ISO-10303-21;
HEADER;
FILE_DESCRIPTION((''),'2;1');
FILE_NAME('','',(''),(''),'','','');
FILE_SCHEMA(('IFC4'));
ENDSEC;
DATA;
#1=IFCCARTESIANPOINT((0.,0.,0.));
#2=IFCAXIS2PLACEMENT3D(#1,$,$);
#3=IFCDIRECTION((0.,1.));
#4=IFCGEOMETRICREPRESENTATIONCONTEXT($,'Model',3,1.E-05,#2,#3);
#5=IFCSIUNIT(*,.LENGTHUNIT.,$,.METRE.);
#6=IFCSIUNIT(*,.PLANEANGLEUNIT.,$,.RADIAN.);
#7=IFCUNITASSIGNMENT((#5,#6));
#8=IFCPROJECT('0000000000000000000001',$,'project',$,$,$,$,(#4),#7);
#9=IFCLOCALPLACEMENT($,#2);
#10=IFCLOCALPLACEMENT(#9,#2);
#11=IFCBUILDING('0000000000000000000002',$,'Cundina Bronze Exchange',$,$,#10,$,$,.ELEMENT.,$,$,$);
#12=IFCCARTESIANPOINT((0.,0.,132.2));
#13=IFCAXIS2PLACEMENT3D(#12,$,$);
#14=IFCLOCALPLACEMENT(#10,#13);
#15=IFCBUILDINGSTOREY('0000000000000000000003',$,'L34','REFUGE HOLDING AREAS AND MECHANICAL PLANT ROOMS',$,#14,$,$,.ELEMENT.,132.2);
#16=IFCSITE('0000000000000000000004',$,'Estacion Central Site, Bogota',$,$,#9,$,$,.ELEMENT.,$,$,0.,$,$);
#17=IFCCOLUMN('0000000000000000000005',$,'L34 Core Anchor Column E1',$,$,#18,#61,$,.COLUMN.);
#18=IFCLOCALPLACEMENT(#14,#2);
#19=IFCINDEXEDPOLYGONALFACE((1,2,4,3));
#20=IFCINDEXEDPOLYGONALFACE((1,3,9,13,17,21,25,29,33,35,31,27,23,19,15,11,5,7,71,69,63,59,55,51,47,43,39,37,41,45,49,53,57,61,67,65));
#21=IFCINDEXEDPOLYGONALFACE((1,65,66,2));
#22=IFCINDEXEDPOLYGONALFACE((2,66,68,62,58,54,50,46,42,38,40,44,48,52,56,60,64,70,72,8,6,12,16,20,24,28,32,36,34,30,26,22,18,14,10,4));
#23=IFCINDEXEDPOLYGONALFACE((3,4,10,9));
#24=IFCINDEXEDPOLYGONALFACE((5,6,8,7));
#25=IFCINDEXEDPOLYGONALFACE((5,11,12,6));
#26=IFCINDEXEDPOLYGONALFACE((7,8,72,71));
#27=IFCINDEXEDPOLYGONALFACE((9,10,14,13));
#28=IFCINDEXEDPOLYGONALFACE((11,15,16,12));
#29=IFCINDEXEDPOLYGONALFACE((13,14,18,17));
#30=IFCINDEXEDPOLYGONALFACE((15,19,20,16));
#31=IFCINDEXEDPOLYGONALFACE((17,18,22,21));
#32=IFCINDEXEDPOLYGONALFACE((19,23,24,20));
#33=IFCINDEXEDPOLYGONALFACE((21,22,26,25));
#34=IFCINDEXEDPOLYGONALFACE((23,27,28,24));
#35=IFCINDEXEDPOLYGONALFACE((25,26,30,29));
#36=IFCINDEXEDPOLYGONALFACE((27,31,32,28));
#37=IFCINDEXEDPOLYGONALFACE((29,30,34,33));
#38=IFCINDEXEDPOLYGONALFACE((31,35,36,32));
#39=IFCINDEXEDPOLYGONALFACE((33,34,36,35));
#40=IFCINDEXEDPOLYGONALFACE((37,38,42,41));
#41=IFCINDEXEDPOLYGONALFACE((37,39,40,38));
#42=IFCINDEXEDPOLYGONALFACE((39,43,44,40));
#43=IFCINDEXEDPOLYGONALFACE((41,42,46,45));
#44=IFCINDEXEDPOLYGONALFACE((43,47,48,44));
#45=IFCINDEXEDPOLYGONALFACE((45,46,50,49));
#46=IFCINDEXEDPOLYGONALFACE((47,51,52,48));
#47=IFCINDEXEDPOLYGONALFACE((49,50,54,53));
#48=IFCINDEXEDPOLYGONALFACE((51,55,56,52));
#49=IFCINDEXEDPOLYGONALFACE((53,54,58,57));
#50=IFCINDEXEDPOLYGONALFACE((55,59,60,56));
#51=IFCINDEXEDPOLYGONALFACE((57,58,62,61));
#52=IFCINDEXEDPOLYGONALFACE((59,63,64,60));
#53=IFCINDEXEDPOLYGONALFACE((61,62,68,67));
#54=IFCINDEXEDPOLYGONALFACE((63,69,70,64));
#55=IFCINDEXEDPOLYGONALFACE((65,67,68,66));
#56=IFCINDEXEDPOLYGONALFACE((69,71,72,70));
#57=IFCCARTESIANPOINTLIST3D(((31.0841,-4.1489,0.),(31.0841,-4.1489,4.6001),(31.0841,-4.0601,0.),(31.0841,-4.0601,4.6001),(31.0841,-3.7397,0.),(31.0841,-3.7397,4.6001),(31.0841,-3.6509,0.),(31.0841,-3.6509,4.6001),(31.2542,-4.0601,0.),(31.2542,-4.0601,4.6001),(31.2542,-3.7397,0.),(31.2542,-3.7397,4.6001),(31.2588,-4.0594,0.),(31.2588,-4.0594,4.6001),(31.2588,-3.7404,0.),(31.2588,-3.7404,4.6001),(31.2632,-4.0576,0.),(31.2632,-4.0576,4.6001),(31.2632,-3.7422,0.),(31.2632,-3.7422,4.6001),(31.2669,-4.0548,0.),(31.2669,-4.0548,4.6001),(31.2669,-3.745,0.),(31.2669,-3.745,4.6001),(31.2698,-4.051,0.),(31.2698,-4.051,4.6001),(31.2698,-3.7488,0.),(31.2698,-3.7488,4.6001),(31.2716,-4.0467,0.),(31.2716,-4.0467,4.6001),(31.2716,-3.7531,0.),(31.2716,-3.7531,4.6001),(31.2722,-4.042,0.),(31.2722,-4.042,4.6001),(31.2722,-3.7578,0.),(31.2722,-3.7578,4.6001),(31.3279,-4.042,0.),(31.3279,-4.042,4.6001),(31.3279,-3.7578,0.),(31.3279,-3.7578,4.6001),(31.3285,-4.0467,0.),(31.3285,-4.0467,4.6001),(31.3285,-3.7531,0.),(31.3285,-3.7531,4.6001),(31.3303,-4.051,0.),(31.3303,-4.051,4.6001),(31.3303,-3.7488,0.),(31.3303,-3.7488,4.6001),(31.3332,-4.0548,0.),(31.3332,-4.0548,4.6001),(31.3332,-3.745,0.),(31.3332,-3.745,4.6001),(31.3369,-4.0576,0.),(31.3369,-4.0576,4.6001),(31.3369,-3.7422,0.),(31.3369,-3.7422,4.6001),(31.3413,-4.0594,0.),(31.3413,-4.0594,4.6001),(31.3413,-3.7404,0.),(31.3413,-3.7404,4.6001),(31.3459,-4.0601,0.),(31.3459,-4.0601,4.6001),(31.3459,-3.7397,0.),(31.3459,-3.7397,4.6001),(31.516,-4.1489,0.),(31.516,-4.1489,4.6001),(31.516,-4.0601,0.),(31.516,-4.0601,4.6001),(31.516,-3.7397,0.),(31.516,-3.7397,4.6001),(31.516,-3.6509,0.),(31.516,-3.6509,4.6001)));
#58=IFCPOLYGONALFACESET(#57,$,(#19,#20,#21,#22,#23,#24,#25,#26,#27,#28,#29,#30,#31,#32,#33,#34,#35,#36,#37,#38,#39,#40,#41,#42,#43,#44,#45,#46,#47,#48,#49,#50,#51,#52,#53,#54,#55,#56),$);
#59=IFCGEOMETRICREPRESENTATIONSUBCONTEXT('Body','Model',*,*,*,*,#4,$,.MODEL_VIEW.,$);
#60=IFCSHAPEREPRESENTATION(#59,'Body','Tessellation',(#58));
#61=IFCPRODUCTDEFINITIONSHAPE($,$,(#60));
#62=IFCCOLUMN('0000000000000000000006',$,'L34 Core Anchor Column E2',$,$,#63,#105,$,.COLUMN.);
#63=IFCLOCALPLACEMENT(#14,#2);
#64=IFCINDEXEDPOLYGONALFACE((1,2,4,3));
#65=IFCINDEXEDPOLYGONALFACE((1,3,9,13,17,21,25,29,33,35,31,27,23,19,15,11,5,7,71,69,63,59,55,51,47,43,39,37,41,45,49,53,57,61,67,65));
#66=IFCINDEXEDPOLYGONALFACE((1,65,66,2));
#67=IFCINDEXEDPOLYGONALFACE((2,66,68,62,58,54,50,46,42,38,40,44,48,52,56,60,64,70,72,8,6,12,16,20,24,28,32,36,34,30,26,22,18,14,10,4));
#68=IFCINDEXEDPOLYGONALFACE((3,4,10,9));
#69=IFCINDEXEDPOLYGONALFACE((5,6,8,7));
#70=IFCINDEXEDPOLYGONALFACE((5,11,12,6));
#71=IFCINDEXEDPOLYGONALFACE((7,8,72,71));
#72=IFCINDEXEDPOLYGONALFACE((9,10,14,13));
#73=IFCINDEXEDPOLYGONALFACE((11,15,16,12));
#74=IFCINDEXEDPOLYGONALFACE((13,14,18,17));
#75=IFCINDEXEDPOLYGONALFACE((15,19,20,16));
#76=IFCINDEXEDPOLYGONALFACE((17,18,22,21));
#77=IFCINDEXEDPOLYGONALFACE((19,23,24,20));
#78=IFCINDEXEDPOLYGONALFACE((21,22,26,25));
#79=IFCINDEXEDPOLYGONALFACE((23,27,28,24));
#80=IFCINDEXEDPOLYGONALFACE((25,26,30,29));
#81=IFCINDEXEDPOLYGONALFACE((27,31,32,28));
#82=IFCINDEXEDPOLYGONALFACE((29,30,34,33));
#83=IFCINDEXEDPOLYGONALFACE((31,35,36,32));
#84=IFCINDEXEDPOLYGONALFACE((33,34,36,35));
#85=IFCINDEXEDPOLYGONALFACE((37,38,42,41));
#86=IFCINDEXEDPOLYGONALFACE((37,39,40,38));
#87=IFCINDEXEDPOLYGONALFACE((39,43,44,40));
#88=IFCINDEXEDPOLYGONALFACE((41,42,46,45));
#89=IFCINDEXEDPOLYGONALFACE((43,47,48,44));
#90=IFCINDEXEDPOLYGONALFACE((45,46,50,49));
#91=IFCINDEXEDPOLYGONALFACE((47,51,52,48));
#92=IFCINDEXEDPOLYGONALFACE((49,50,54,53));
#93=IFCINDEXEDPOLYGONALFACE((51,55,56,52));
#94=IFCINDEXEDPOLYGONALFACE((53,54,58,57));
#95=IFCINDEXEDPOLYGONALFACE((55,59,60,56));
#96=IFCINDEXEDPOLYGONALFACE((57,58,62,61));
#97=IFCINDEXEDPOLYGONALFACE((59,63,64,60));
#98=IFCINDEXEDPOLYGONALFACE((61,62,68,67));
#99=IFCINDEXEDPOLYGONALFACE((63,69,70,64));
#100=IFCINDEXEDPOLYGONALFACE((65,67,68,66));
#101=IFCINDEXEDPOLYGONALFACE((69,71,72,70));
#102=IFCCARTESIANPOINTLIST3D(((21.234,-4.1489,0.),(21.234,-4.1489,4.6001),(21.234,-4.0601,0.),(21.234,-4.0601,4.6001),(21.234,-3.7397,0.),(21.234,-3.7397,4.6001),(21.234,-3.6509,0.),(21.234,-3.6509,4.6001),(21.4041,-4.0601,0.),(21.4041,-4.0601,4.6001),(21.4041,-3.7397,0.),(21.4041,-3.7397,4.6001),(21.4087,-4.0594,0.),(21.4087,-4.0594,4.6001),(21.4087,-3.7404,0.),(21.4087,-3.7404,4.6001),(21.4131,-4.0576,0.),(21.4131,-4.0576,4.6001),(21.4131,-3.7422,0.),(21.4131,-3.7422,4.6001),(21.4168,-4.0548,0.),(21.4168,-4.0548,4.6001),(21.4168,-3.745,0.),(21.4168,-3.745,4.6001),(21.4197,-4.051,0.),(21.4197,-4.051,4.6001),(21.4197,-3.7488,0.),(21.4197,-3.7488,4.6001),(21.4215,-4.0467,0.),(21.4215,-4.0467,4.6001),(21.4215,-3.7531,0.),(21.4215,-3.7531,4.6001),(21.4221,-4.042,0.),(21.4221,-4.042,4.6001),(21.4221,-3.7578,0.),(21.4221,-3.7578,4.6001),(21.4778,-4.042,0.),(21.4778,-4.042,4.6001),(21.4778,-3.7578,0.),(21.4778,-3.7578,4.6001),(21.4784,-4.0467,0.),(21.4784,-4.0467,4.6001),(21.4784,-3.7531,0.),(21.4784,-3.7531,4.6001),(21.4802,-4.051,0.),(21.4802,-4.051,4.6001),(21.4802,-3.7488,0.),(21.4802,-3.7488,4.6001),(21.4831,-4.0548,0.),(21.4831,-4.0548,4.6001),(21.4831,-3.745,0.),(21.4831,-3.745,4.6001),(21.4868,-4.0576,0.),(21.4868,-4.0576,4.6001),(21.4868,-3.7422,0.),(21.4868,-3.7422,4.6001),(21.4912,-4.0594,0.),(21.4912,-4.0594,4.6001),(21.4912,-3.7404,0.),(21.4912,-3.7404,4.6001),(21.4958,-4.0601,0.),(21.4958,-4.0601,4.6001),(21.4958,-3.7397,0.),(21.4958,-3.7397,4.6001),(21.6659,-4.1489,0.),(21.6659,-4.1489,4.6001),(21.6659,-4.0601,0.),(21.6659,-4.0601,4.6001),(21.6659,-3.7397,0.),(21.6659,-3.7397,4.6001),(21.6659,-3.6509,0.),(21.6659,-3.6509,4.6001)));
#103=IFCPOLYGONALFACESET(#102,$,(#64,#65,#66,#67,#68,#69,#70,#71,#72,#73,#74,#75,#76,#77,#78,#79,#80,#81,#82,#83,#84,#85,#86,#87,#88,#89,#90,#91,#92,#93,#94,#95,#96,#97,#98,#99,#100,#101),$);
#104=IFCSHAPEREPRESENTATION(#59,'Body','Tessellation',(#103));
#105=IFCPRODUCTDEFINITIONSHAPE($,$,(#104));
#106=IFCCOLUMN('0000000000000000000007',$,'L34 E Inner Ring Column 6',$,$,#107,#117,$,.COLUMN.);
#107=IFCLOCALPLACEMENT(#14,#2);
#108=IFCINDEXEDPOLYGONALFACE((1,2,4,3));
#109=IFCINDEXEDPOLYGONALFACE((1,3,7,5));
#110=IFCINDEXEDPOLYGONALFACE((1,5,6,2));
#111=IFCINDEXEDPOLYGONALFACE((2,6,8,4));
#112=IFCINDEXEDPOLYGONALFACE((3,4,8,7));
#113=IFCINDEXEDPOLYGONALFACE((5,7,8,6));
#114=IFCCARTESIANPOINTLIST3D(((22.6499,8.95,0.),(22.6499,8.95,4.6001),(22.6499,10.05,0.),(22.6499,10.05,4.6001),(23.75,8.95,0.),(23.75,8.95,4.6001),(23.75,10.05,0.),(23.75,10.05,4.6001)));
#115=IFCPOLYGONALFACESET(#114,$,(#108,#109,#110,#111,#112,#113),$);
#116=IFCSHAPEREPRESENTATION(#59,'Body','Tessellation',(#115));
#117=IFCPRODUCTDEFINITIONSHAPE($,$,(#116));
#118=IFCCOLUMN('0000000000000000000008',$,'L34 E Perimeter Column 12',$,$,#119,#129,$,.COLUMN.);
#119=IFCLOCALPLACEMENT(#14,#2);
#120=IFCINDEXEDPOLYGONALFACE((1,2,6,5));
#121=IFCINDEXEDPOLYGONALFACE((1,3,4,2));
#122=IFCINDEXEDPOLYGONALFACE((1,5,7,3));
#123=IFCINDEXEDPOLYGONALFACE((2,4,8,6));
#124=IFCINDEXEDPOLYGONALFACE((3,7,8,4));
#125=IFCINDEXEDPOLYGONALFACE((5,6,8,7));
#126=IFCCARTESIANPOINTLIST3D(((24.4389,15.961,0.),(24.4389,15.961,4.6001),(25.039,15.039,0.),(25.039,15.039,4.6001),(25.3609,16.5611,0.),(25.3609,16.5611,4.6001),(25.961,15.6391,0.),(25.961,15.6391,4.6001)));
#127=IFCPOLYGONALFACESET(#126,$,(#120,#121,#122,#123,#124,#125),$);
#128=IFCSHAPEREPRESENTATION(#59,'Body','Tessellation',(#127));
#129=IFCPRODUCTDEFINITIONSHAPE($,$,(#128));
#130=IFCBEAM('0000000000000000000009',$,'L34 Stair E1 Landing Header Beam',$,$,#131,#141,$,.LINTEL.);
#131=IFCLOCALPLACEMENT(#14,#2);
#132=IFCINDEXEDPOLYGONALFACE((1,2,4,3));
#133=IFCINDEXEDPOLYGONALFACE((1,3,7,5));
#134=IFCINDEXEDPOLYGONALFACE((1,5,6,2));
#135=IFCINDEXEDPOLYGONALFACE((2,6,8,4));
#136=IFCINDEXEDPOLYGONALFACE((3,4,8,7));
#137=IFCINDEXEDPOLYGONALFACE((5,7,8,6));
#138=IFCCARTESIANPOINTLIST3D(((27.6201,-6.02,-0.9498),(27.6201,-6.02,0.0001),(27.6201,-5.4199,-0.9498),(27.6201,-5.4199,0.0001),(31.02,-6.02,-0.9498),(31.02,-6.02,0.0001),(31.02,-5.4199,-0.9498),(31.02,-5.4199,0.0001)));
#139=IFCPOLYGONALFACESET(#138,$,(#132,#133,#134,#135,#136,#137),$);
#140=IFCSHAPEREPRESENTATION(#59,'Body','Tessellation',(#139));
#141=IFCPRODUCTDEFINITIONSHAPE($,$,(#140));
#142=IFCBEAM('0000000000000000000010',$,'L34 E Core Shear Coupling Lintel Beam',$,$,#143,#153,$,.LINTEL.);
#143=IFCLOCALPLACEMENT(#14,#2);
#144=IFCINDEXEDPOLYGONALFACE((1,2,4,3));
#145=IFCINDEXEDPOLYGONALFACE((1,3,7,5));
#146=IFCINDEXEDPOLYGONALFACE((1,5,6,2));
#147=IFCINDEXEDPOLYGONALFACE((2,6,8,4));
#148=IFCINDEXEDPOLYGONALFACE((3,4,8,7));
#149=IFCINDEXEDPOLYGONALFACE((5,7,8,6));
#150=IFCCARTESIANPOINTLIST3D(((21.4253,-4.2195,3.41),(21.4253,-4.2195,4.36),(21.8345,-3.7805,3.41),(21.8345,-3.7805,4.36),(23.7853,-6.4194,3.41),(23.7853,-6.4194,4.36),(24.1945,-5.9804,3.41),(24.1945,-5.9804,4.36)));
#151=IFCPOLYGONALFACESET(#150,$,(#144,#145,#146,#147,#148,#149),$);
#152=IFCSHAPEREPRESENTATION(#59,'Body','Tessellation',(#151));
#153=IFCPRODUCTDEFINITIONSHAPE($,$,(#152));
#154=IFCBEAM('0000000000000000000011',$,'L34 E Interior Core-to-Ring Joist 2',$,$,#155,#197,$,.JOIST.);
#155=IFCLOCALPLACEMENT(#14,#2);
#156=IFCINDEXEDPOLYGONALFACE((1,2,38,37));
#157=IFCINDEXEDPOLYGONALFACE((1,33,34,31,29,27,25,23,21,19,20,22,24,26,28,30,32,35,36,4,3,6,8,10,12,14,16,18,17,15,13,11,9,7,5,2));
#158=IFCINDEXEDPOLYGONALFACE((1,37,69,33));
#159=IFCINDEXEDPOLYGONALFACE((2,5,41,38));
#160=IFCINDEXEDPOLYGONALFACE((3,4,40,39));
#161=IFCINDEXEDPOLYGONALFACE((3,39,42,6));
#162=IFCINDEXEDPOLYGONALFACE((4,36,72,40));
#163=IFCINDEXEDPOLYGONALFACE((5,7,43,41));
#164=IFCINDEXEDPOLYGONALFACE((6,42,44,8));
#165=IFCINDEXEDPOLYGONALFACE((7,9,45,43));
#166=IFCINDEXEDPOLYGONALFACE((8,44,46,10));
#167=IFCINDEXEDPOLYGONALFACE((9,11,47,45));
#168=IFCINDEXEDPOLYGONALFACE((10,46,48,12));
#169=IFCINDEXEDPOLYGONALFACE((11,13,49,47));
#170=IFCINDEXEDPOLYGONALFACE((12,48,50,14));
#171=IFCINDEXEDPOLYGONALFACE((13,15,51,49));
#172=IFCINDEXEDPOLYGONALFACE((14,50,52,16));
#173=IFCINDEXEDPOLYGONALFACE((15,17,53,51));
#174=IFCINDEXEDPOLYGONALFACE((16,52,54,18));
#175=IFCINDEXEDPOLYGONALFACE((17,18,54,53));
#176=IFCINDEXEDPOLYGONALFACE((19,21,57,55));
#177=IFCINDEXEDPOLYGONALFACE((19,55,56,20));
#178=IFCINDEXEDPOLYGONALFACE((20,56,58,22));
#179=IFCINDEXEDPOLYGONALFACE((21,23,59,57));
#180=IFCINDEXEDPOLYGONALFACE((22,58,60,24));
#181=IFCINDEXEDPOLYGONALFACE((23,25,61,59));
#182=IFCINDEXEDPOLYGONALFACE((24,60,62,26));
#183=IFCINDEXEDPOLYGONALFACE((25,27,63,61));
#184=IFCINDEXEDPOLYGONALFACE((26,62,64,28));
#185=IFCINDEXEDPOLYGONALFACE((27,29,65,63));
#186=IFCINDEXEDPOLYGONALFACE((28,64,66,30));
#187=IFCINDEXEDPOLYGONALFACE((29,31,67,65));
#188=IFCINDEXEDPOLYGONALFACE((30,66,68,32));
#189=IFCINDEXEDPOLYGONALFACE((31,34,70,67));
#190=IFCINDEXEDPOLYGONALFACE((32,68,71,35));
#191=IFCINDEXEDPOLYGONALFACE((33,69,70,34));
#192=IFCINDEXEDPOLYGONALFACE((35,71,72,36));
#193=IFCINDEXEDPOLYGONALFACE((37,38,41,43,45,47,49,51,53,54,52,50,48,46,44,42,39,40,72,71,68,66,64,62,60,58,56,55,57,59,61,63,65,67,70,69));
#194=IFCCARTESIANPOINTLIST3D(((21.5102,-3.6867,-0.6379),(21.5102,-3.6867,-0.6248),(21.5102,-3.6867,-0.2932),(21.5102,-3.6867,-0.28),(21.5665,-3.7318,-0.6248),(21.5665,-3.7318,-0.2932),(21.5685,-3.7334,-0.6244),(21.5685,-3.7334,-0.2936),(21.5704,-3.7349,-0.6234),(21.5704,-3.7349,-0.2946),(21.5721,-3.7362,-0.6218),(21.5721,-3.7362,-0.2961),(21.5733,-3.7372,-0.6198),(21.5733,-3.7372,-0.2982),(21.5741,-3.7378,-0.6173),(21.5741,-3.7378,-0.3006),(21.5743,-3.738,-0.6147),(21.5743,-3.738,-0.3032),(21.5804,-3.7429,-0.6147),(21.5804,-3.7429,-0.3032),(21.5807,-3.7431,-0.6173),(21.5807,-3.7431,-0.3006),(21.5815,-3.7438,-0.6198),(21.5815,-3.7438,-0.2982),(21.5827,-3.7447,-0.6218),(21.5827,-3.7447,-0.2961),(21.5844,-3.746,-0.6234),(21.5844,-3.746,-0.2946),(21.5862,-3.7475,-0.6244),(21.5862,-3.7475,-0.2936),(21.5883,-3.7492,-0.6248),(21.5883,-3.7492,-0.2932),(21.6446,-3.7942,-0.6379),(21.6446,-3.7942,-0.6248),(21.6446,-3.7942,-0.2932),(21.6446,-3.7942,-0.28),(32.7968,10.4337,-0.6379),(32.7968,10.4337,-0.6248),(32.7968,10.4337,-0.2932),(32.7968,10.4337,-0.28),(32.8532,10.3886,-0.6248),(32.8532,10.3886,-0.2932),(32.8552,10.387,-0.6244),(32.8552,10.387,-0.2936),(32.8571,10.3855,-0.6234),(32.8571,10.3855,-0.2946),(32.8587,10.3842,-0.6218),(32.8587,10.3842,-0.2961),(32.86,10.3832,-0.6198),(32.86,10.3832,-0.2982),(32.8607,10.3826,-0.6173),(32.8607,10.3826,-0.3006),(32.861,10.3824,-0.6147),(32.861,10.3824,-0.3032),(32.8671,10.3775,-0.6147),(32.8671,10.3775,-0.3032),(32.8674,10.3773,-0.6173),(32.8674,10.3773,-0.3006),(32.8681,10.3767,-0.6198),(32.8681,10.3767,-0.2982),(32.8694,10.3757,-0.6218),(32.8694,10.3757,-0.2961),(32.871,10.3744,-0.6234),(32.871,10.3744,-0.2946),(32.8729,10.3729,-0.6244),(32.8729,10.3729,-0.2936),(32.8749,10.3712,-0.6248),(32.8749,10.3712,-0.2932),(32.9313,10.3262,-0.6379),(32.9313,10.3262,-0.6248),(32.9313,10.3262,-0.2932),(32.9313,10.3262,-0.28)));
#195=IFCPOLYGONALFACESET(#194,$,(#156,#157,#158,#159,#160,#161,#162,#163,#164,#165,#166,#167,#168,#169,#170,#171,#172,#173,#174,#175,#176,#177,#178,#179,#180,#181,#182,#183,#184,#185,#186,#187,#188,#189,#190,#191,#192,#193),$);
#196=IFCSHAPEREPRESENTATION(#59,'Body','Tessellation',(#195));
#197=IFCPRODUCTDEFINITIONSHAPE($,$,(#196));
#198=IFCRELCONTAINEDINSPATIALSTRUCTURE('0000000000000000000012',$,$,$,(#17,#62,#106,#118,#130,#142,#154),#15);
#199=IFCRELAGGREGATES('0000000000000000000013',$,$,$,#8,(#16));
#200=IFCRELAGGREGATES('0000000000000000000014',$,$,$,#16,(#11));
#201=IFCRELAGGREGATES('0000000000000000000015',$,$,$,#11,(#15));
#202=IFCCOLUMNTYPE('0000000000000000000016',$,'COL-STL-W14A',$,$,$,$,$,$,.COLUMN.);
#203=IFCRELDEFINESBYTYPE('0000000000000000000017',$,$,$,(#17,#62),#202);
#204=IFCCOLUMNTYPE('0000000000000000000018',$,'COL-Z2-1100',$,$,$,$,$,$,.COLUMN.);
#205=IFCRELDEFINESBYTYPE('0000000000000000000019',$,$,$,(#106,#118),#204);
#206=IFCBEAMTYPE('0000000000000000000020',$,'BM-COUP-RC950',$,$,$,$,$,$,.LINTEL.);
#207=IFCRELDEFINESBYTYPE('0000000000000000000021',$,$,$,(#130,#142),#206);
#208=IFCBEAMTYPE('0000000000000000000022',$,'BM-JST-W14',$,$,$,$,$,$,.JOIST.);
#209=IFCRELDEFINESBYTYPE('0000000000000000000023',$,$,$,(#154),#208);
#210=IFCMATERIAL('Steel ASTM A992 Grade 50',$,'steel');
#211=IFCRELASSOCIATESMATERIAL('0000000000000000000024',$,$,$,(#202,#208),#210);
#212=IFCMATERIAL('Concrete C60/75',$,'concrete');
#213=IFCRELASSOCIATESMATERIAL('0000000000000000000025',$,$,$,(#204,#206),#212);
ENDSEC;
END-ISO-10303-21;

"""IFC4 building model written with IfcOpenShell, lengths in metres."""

from ifc_helpers import new_model, si_unit, direction, frame, origin, origin_2d, place, context, subcontext, project, spatial, rectangle, i_section, extrude, material, material_profile, profile_set, type_object, element, save


model = new_model("IFC4")

# Units and contexts
model_context = context("Model", 3, precision=1e-05, world=origin(), true_north=direction((0.0, 1.0)))
body_context = subcontext(model_context, "Body", "Model", "MODEL_VIEW")
ifc_project = project(units=[si_unit("LENGTHUNIT", "METRE"), si_unit("PLANEANGLEUNIT", "RADIAN")], contexts=[model_context])

# Site, building, storey
site_placement = place(None, origin())
site = spatial("IfcSite", under=ifc_project, at=site_placement, Name="Estacion Central Site, Bogota", CompositionType="ELEMENT", RefElevation=0.0)
building_placement = place(site_placement, origin())
building = spatial("IfcBuilding", under=site, at=building_placement, Name="Cundina Bronze Exchange", CompositionType="ELEMENT")
storey_placement = place(building_placement, frame((0.0, 0.0, 132.2)))
storey = spatial("IfcBuildingStorey", under=building, at=storey_placement, Name="L34", Description="REFUGE HOLDING AREAS AND MECHANICAL PLANT ROOMS", CompositionType="ELEMENT", Elevation=132.2)

# Columns
ifc_material_1 = material(Name="Steel ASTM A992 Grade 50", Category="steel")
ifc_material_profile_1 = material_profile(ifc_material_1, i_section(OverallWidth=0.4319, OverallDepth=0.498, WebThickness=0.0557, FlangeThickness=0.0889, FilletRadius=0.0181, at=origin_2d()), Name="W14X500", Category="steel")
ifc_profile_set_1 = profile_set([ifc_material_profile_1], Name="Steel ASTM A992 Grade 50")
column_type_1 = type_object("IfcColumnType", Name="COL-STL-W14A", PredefinedType="COLUMN", material=ifc_profile_set_1)
for number, where, z_axis, x_axis, name in (
    (1, (31.3, -3.8999, 0.0), (0.0, 0.0, 1.0), (1.0, 0.0, 0.0), "L34 Core Anchor Column E1"),
    (2, (21.45, -3.8999, 0.0), (0.0, 0.0, 1.0), (1.0, 0.0, 0.0), "L34 Core Anchor Column E2"),
):
    element("IfcColumn", number, at=place(storey_placement, frame(where, z_axis=z_axis, x_axis=x_axis)), inside=storey, type_object=column_type_1, Name=name, PredefinedType="COLUMN", context=body_context, shape_type="SweptSolid", body=[
        extrude(i_section(OverallWidth=0.4319, OverallDepth=0.498, WebThickness=0.0557, FlangeThickness=0.0889, FilletRadius=0.0181, at=origin_2d()), origin(), (0.0, 0.0, 1.0), 4.6001),
    ])
ifc_material_2 = material(Name="Concrete C60/75", Category="concrete")
ifc_material_profile_2 = material_profile(ifc_material_2, rectangle(XDim=1.1001, YDim=1.1001, at=origin_2d()), Name="RC1100X1100", Category="concrete")
ifc_profile_set_2 = profile_set([ifc_material_profile_2], Name="Concrete C60/75")
column_type_2 = type_object("IfcColumnType", Name="COL-Z2-1100", PredefinedType="COLUMN", material=ifc_profile_set_2)
for number, where, z_axis, x_axis, name in (
    (3, (23.2, 9.5, 0.0), (0.0, 0.0, 1.0), (1.0, 0.0, 0.0), "L34 E Inner Ring Column 6"),
    (4, (25.2, 15.8, 0.0), (0.0, 0.0, 1.0), (-0.8381, -0.545517, 0.0), "L34 E Perimeter Column 12"),
):
    element("IfcColumn", number, at=place(storey_placement, frame(where, z_axis=z_axis, x_axis=x_axis)), inside=storey, type_object=column_type_2, Name=name, PredefinedType="COLUMN", context=body_context, shape_type="SweptSolid", body=[
        extrude(rectangle(XDim=1.1001, YDim=1.1001, at=origin_2d()), origin(), (0.0, 0.0, 1.0), 4.6001),
    ])

# Beams
ifc_material_profile_3 = material_profile(ifc_material_2, rectangle(XDim=0.6001, YDim=0.95, at=origin_2d()), Name="RC600X950", Category="concrete")
ifc_profile_set_3 = profile_set([ifc_material_profile_3], Name="Concrete C60/75")
beam_type_1 = type_object("IfcBeamType", Name="BM-COUP-RC950", PredefinedType="LINTEL", material=ifc_profile_set_3)
beam_1_placement = place(storey_placement, frame((27.6201, -5.72, -0.4749), z_axis=(1.0, 0.0, 0.0), x_axis=(0.0, 1.0, 0.0)))
element("IfcBeam", 5, at=beam_1_placement, inside=storey, type_object=beam_type_1, Name="L34 Stair E1 Landing Header Beam", PredefinedType="LINTEL", context=body_context, shape_type="SweptSolid", body=[
    extrude(rectangle(XDim=0.6001, YDim=0.95, at=origin_2d()), origin(), (0.0, 0.0, 1.0), 3.3999),
])
beam_2_placement = place(storey_placement, frame((21.6299, -4.0, 3.885), z_axis=(0.73149, -0.681852, 0.0), x_axis=(0.681852, 0.73149, 0.0)))
element("IfcBeam", 6, at=beam_2_placement, inside=storey, type_object=beam_type_1, Name="L34 E Core Shear Coupling Lintel Beam", PredefinedType="LINTEL", context=body_context, shape_type="SweptSolid", body=[
    extrude(rectangle(XDim=0.6001, YDim=0.95, at=origin_2d()), origin(), (0.0, 0.0, 1.0), 3.2263),
])
ifc_material_profile_4 = material_profile(ifc_material_1, i_section(OverallWidth=0.1721, OverallDepth=0.3579, WebThickness=0.0078, FlangeThickness=0.0132, FilletRadius=0.01, at=origin_2d()), Name="W14X38", Category="steel")
ifc_profile_set_4 = profile_set([ifc_material_profile_4], Name="Steel ASTM A992 Grade 50")
beam_type_2 = type_object("IfcBeamType", Name="BM-JST-W14", PredefinedType="JOIST", material=ifc_profile_set_4)
beam_3_placement = place(storey_placement, frame((21.5774, -3.7405, -0.459), z_axis=(0.624369, 0.78113, 0.0), x_axis=(-0.78113, 0.624369, 0.0)))
element("IfcBeam", 7, at=beam_3_placement, inside=storey, type_object=beam_type_2, Name="L34 E Interior Core-to-Ring Joist 2", PredefinedType="JOIST", context=body_context, shape_type="SweptSolid", body=[
    extrude(i_section(OverallWidth=0.1721, OverallDepth=0.3579, WebThickness=0.0078, FlangeThickness=0.0132, FilletRadius=0.01, at=origin_2d()), origin(), (0.0, 0.0, 1.0), 18.0769),
])

save(model, "model.ifc")
